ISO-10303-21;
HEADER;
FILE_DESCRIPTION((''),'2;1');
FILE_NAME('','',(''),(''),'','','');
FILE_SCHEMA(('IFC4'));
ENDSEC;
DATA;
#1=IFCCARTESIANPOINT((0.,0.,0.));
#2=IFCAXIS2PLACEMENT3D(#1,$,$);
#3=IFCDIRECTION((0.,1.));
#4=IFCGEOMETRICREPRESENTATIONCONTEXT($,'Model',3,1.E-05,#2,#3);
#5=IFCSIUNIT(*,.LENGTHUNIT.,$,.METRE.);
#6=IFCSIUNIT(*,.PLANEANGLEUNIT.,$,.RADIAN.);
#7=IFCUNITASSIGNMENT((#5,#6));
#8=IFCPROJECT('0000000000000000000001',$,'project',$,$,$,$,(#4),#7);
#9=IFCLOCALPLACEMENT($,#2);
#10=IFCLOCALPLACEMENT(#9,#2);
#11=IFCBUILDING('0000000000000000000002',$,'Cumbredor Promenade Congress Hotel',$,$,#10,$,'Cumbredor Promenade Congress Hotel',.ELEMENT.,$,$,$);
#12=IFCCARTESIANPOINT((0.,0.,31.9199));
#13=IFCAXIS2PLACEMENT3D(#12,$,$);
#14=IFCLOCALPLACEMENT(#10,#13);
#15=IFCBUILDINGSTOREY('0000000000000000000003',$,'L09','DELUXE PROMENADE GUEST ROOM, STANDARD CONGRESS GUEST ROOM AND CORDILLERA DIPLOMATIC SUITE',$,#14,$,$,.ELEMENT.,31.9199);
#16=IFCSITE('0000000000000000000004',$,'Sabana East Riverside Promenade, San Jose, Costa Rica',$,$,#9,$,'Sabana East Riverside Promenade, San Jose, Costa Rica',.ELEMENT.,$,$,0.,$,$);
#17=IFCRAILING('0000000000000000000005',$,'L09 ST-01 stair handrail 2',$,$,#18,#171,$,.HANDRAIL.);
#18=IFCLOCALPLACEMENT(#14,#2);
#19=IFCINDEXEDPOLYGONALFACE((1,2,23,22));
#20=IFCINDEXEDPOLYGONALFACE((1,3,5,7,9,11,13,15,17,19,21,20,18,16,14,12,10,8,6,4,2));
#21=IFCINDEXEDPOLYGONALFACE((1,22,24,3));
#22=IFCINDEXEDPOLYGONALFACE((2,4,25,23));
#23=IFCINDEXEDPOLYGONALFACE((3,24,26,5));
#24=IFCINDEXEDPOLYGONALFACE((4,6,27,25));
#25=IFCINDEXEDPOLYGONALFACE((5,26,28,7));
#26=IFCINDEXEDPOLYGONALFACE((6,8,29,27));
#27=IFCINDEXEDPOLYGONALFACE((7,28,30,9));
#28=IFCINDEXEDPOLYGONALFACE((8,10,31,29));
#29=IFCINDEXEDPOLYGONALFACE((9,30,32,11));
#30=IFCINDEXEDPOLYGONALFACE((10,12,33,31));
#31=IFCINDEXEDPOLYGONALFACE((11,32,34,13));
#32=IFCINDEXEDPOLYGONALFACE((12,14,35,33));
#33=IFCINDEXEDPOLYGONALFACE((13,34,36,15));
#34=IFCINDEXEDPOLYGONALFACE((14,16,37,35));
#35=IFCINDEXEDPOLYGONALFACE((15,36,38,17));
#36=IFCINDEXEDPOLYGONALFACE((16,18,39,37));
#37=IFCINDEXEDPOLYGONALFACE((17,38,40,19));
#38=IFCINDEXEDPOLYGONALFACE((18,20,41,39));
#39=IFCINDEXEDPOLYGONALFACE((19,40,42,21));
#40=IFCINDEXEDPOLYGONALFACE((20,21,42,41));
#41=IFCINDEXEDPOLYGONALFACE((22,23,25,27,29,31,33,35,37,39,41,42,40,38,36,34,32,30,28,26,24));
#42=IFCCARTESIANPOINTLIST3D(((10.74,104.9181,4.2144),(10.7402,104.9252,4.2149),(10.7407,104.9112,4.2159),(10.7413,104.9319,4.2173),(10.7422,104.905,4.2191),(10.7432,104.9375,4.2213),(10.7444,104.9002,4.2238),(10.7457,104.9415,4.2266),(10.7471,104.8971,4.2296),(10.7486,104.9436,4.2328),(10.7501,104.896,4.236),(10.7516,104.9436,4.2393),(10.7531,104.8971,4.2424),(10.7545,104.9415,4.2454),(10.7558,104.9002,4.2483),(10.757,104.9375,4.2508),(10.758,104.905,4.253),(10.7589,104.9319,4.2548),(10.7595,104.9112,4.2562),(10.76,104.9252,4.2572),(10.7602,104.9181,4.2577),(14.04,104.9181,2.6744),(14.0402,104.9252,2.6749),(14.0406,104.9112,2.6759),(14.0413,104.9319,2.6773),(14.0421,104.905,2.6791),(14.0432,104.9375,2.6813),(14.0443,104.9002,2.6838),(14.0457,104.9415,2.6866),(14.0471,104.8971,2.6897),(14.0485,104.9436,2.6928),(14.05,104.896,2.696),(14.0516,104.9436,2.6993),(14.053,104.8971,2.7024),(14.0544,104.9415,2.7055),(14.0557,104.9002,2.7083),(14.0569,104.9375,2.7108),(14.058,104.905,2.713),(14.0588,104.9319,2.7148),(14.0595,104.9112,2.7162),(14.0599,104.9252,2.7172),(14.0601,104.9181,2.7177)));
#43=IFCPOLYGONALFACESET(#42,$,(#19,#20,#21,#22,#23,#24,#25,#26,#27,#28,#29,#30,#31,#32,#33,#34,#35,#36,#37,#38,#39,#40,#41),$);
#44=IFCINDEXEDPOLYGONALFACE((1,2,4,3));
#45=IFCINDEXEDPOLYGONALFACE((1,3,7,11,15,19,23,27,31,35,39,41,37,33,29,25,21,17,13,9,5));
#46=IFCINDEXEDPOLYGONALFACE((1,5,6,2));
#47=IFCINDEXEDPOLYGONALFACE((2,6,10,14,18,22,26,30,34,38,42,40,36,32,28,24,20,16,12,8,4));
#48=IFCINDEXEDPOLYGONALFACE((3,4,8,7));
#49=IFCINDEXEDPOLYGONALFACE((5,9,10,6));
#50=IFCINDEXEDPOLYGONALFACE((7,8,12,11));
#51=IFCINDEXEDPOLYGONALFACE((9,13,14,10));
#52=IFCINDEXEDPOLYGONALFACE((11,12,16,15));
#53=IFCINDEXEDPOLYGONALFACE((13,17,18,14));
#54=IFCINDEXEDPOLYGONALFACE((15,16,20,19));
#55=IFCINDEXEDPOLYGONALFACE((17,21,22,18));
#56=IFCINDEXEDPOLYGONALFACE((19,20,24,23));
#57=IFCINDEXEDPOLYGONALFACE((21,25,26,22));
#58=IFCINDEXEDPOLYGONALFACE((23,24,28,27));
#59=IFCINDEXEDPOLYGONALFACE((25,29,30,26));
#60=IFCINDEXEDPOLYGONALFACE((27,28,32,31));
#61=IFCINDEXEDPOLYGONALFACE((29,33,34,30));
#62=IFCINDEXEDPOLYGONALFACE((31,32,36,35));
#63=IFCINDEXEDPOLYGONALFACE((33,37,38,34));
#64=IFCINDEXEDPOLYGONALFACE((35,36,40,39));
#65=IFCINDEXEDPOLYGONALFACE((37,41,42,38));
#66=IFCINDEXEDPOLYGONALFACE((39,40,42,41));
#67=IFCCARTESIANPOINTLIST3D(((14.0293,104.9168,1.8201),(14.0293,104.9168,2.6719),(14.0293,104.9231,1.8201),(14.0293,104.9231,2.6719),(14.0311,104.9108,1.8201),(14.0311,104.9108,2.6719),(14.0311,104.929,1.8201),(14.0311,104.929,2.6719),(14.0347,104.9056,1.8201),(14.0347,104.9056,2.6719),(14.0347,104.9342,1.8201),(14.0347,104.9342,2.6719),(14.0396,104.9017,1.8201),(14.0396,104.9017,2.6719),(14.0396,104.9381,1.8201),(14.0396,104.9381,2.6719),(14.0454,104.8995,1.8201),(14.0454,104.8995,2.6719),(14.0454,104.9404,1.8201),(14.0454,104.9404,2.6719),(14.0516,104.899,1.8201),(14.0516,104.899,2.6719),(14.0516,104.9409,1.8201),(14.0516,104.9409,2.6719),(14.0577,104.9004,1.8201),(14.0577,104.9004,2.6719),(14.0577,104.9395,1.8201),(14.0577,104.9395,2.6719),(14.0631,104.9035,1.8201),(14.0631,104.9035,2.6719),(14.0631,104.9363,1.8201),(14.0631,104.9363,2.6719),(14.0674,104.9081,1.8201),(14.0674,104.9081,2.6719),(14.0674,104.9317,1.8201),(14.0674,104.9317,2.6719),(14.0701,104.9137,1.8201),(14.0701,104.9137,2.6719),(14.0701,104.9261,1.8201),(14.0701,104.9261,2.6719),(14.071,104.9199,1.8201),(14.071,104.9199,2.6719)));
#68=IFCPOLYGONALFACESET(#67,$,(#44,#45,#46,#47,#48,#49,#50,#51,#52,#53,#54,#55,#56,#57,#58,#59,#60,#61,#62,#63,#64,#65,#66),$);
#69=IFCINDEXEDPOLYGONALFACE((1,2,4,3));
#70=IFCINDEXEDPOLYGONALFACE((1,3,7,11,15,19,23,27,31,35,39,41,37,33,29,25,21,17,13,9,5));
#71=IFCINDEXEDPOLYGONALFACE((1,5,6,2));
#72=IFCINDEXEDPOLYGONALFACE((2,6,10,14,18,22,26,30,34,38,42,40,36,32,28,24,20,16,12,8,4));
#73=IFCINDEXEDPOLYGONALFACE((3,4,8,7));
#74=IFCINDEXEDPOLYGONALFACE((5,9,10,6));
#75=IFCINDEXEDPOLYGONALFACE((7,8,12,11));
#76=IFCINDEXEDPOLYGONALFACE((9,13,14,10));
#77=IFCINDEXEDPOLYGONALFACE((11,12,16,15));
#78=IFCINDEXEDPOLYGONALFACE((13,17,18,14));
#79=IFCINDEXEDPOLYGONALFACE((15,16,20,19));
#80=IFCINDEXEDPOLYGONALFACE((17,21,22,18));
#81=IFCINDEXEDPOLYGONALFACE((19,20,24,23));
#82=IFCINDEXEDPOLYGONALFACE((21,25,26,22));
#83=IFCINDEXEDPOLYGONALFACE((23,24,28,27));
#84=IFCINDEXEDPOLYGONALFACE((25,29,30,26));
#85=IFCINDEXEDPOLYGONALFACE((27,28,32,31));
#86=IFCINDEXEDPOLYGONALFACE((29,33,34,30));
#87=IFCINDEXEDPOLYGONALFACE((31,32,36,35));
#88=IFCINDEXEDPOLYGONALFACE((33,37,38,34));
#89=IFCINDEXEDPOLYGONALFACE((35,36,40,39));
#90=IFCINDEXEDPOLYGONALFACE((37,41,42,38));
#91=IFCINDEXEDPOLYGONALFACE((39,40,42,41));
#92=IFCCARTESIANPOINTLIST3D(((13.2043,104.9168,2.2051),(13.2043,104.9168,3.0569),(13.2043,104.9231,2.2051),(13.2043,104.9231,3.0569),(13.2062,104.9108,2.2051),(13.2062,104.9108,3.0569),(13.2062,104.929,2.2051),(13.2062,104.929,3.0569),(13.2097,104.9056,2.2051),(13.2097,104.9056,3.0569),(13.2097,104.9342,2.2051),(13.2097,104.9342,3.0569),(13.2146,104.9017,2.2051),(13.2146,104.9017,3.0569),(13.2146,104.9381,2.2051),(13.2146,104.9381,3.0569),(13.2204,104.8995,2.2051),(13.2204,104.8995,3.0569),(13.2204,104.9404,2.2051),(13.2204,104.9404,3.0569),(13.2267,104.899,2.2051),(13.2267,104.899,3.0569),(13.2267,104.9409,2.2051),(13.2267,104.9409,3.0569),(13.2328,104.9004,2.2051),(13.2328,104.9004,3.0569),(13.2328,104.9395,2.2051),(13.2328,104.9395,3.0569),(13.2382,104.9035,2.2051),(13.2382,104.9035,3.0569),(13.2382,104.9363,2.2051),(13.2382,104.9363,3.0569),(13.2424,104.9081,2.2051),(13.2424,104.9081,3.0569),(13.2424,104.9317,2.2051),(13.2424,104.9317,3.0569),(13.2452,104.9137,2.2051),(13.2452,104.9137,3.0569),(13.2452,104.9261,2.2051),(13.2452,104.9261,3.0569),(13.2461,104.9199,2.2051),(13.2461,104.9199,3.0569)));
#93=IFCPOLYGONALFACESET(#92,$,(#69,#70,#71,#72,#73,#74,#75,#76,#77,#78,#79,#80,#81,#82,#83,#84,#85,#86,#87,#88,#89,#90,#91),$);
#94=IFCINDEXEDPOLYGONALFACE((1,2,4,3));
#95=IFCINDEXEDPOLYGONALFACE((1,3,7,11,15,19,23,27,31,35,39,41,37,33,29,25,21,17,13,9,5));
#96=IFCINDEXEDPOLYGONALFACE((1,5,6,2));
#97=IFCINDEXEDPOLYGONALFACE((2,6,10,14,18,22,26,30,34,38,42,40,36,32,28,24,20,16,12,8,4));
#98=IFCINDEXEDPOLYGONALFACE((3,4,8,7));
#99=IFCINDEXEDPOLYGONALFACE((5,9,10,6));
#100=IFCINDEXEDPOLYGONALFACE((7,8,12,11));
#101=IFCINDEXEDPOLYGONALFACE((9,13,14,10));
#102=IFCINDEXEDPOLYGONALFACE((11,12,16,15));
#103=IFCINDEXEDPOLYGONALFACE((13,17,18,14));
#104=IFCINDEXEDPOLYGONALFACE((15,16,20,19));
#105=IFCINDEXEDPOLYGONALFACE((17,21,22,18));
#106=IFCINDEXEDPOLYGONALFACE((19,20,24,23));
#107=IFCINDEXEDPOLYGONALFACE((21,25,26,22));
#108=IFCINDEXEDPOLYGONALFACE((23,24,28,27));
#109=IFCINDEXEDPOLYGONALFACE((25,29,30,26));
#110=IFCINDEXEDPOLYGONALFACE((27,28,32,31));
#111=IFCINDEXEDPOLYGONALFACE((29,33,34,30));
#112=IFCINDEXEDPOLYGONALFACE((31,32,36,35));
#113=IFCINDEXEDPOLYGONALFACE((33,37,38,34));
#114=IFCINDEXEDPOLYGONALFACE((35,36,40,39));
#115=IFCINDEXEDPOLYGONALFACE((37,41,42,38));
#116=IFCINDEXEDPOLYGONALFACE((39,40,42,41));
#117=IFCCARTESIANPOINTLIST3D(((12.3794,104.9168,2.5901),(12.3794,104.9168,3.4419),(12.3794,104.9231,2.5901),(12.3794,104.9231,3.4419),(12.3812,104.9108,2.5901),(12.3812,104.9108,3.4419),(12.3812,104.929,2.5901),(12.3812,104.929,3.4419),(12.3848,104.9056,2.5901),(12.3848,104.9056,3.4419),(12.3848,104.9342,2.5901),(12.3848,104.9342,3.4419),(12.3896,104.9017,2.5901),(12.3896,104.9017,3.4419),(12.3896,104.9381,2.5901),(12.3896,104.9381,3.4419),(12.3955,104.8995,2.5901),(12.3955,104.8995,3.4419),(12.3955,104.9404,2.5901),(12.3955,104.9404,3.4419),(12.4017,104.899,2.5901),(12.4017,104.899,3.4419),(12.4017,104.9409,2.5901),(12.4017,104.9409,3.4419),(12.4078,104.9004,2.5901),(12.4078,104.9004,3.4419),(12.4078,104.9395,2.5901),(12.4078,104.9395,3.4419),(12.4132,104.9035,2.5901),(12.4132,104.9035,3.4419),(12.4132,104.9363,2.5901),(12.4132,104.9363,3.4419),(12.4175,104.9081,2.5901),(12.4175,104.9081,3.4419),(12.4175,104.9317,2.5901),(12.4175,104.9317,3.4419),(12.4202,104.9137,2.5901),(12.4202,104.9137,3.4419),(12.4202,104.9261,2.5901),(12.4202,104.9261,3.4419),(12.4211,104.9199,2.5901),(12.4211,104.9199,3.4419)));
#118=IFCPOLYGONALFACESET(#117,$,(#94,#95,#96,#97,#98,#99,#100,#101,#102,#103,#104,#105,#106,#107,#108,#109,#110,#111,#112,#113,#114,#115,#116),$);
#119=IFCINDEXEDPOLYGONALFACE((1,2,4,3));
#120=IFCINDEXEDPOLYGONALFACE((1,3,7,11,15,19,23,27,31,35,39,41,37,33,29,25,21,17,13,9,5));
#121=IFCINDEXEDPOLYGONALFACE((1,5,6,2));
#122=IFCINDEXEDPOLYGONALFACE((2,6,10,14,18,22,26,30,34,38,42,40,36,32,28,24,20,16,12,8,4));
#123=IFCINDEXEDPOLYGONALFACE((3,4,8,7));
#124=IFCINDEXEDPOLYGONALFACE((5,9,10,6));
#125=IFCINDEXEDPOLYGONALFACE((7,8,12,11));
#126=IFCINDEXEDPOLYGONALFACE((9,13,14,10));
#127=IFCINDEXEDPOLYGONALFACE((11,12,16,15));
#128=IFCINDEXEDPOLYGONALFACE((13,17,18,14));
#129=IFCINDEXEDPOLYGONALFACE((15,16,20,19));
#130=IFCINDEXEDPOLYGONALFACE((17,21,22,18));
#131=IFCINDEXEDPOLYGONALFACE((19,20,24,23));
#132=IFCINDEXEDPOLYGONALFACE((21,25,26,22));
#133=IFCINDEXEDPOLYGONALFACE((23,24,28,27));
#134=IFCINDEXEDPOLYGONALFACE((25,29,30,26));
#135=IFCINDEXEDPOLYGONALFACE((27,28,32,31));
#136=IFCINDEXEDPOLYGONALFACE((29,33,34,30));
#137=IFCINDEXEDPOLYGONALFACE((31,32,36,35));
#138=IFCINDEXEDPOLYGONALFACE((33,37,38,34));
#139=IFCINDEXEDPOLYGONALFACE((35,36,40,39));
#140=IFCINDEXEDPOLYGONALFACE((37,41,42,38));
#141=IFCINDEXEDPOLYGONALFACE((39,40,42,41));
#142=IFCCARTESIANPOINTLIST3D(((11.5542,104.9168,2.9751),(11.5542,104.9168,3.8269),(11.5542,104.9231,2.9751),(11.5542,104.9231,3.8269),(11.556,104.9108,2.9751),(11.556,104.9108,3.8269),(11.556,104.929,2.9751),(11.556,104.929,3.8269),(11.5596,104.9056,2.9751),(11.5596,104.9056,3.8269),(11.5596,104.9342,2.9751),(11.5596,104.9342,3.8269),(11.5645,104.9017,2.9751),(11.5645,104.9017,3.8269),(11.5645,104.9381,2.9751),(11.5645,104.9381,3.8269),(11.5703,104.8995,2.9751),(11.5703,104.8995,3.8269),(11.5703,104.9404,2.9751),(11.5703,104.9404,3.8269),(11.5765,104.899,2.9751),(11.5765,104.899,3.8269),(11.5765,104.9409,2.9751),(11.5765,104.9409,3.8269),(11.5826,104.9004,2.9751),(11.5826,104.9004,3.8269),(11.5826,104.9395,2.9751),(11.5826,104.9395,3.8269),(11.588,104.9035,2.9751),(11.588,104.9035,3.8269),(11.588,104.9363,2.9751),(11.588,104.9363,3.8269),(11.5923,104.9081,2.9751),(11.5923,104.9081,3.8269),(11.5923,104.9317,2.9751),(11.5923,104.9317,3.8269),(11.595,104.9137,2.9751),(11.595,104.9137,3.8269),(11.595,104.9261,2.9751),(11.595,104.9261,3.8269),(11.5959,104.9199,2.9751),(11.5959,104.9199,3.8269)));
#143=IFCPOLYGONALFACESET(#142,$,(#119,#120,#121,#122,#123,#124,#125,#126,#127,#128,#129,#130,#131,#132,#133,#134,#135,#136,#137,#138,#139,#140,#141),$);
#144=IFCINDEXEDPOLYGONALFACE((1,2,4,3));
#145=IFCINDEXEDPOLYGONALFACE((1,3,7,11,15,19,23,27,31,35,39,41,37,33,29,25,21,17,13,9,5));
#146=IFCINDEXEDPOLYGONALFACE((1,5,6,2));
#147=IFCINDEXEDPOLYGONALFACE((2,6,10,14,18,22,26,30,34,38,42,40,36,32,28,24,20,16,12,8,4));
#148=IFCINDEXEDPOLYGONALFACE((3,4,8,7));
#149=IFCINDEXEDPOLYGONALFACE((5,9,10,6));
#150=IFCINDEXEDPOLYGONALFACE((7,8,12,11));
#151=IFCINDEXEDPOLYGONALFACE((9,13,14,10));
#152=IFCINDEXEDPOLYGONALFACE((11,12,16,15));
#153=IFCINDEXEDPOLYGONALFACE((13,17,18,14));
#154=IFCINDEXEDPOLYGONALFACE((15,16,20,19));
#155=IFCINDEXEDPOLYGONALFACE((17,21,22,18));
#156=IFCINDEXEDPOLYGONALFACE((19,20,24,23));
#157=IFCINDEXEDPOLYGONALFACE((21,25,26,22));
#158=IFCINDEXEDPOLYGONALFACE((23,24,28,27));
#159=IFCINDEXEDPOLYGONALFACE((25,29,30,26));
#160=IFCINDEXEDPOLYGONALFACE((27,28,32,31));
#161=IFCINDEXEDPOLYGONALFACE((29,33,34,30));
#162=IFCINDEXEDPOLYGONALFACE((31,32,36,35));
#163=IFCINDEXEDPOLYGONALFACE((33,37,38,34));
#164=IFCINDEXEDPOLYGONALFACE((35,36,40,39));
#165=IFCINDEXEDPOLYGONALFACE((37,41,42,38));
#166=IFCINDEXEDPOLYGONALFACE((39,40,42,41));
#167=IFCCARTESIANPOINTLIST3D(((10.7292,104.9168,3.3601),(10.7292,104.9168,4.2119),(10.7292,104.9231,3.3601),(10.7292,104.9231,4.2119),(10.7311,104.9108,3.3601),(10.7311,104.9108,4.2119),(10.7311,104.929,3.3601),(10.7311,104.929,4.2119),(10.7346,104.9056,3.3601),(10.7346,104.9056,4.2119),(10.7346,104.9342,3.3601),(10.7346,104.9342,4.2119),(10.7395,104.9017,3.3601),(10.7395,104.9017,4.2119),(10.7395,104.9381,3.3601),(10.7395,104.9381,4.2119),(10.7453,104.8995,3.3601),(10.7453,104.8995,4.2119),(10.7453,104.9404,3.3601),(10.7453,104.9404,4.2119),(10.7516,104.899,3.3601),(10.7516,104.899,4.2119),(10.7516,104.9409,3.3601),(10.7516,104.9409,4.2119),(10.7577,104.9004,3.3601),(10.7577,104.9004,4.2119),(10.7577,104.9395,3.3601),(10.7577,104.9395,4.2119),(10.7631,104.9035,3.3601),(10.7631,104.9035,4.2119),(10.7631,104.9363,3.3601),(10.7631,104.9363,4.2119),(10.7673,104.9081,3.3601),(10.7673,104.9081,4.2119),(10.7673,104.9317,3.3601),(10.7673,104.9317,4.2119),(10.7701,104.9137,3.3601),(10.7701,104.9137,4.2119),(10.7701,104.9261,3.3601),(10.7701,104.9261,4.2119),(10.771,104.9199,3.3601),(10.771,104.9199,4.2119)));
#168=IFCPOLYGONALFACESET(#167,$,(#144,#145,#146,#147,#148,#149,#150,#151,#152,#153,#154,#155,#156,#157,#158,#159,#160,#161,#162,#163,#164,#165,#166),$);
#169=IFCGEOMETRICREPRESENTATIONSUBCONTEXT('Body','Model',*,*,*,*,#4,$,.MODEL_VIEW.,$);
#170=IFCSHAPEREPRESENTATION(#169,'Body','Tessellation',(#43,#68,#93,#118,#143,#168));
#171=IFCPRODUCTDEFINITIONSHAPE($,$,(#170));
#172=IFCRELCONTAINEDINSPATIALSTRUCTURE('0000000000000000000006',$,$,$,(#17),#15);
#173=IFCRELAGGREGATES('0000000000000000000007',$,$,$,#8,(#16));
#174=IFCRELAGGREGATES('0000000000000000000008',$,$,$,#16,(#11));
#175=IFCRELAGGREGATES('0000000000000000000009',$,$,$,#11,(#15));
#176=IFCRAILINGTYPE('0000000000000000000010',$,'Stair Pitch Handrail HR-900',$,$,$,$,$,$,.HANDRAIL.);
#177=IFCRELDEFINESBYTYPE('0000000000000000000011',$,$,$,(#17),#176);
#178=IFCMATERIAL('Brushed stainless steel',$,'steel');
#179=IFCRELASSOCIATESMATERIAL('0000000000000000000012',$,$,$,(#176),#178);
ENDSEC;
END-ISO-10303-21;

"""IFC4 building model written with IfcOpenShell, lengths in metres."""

from ifc_helpers import new_model, si_unit, direction, frame, origin, origin_2d, place, context, subcontext, project, spatial, circle, extrude, material, type_object, element, save


model = new_model("IFC4")

# Units and contexts
model_context = context("Model", 3, precision=1e-05, world=origin(), true_north=direction((0.0, 1.0)))
body_context = subcontext(model_context, "Body", "Model", "MODEL_VIEW")
ifc_project = project(units=[si_unit("LENGTHUNIT", "METRE"), si_unit("PLANEANGLEUNIT", "RADIAN")], contexts=[model_context])

# Site, building, storey
site_placement = place(None, origin())
site = spatial("IfcSite", under=ifc_project, at=site_placement, Name="Sabana East Riverside Promenade, San Jose, Costa Rica", LongName="Sabana East Riverside Promenade, San Jose, Costa Rica", CompositionType="ELEMENT", RefElevation=0.0)
building_placement = place(site_placement, origin())
building = spatial("IfcBuilding", under=site, at=building_placement, Name="Cumbredor Promenade Congress Hotel", LongName="Cumbredor Promenade Congress Hotel", CompositionType="ELEMENT")
storey_placement = place(building_placement, frame((0.0, 0.0, 31.9199)))
storey = spatial("IfcBuildingStorey", under=building, at=storey_placement, Name="L09", Description="DELUXE PROMENADE GUEST ROOM, STANDARD CONGRESS GUEST ROOM AND CORDILLERA DIPLOMATIC SUITE", CompositionType="ELEMENT", Elevation=31.9199)

# Railing
ifc_material_1 = material(Name="Brushed stainless steel", Category="steel")
railing_type_1 = type_object("IfcRailingType", Name="Stair Pitch Handrail HR-900", PredefinedType="HANDRAIL", material=ifc_material_1)
railing_1_placement = place(storey_placement, frame((14.05, 104.9199, 1.8201)))
element("IfcRailing", 1, at=railing_1_placement, inside=storey, type_object=railing_type_1, Name="L09 ST-01 stair handrail 2", PredefinedType="HANDRAIL", context=body_context, shape_type="SweptSolid", body=[
    extrude(circle(Radius=0.0239, at=origin_2d()), frame((0.0, 0.0, 0.876), z_axis=(-0.906181, 0.0, 0.422889), x_axis=(0.0, -1.0, 0.0)), (0.0, 0.0, 1.0), 3.6416),
    extrude(circle(Radius=0.021, at=origin_2d()), origin(), (0.0, 0.0, 1.0), 0.8518),
    extrude(circle(Radius=0.021, at=origin_2d()), frame((-0.825, 0.0, 0.385)), (0.0, 0.0, 1.0), 0.8518),
    extrude(circle(Radius=0.021, at=origin_2d()), frame((-1.6499, 0.0, 0.77)), (0.0, 0.0, 1.0), 0.8518),
    extrude(circle(Radius=0.021, at=origin_2d()), frame((-2.4751, 0.0, 1.155)), (0.0, 0.0, 1.0), 0.8518),
    extrude(circle(Radius=0.021, at=origin_2d()), frame((-3.3, 0.0, 1.54)), (0.0, 0.0, 1.0), 0.8518),
])

save(model, "model.ifc")
